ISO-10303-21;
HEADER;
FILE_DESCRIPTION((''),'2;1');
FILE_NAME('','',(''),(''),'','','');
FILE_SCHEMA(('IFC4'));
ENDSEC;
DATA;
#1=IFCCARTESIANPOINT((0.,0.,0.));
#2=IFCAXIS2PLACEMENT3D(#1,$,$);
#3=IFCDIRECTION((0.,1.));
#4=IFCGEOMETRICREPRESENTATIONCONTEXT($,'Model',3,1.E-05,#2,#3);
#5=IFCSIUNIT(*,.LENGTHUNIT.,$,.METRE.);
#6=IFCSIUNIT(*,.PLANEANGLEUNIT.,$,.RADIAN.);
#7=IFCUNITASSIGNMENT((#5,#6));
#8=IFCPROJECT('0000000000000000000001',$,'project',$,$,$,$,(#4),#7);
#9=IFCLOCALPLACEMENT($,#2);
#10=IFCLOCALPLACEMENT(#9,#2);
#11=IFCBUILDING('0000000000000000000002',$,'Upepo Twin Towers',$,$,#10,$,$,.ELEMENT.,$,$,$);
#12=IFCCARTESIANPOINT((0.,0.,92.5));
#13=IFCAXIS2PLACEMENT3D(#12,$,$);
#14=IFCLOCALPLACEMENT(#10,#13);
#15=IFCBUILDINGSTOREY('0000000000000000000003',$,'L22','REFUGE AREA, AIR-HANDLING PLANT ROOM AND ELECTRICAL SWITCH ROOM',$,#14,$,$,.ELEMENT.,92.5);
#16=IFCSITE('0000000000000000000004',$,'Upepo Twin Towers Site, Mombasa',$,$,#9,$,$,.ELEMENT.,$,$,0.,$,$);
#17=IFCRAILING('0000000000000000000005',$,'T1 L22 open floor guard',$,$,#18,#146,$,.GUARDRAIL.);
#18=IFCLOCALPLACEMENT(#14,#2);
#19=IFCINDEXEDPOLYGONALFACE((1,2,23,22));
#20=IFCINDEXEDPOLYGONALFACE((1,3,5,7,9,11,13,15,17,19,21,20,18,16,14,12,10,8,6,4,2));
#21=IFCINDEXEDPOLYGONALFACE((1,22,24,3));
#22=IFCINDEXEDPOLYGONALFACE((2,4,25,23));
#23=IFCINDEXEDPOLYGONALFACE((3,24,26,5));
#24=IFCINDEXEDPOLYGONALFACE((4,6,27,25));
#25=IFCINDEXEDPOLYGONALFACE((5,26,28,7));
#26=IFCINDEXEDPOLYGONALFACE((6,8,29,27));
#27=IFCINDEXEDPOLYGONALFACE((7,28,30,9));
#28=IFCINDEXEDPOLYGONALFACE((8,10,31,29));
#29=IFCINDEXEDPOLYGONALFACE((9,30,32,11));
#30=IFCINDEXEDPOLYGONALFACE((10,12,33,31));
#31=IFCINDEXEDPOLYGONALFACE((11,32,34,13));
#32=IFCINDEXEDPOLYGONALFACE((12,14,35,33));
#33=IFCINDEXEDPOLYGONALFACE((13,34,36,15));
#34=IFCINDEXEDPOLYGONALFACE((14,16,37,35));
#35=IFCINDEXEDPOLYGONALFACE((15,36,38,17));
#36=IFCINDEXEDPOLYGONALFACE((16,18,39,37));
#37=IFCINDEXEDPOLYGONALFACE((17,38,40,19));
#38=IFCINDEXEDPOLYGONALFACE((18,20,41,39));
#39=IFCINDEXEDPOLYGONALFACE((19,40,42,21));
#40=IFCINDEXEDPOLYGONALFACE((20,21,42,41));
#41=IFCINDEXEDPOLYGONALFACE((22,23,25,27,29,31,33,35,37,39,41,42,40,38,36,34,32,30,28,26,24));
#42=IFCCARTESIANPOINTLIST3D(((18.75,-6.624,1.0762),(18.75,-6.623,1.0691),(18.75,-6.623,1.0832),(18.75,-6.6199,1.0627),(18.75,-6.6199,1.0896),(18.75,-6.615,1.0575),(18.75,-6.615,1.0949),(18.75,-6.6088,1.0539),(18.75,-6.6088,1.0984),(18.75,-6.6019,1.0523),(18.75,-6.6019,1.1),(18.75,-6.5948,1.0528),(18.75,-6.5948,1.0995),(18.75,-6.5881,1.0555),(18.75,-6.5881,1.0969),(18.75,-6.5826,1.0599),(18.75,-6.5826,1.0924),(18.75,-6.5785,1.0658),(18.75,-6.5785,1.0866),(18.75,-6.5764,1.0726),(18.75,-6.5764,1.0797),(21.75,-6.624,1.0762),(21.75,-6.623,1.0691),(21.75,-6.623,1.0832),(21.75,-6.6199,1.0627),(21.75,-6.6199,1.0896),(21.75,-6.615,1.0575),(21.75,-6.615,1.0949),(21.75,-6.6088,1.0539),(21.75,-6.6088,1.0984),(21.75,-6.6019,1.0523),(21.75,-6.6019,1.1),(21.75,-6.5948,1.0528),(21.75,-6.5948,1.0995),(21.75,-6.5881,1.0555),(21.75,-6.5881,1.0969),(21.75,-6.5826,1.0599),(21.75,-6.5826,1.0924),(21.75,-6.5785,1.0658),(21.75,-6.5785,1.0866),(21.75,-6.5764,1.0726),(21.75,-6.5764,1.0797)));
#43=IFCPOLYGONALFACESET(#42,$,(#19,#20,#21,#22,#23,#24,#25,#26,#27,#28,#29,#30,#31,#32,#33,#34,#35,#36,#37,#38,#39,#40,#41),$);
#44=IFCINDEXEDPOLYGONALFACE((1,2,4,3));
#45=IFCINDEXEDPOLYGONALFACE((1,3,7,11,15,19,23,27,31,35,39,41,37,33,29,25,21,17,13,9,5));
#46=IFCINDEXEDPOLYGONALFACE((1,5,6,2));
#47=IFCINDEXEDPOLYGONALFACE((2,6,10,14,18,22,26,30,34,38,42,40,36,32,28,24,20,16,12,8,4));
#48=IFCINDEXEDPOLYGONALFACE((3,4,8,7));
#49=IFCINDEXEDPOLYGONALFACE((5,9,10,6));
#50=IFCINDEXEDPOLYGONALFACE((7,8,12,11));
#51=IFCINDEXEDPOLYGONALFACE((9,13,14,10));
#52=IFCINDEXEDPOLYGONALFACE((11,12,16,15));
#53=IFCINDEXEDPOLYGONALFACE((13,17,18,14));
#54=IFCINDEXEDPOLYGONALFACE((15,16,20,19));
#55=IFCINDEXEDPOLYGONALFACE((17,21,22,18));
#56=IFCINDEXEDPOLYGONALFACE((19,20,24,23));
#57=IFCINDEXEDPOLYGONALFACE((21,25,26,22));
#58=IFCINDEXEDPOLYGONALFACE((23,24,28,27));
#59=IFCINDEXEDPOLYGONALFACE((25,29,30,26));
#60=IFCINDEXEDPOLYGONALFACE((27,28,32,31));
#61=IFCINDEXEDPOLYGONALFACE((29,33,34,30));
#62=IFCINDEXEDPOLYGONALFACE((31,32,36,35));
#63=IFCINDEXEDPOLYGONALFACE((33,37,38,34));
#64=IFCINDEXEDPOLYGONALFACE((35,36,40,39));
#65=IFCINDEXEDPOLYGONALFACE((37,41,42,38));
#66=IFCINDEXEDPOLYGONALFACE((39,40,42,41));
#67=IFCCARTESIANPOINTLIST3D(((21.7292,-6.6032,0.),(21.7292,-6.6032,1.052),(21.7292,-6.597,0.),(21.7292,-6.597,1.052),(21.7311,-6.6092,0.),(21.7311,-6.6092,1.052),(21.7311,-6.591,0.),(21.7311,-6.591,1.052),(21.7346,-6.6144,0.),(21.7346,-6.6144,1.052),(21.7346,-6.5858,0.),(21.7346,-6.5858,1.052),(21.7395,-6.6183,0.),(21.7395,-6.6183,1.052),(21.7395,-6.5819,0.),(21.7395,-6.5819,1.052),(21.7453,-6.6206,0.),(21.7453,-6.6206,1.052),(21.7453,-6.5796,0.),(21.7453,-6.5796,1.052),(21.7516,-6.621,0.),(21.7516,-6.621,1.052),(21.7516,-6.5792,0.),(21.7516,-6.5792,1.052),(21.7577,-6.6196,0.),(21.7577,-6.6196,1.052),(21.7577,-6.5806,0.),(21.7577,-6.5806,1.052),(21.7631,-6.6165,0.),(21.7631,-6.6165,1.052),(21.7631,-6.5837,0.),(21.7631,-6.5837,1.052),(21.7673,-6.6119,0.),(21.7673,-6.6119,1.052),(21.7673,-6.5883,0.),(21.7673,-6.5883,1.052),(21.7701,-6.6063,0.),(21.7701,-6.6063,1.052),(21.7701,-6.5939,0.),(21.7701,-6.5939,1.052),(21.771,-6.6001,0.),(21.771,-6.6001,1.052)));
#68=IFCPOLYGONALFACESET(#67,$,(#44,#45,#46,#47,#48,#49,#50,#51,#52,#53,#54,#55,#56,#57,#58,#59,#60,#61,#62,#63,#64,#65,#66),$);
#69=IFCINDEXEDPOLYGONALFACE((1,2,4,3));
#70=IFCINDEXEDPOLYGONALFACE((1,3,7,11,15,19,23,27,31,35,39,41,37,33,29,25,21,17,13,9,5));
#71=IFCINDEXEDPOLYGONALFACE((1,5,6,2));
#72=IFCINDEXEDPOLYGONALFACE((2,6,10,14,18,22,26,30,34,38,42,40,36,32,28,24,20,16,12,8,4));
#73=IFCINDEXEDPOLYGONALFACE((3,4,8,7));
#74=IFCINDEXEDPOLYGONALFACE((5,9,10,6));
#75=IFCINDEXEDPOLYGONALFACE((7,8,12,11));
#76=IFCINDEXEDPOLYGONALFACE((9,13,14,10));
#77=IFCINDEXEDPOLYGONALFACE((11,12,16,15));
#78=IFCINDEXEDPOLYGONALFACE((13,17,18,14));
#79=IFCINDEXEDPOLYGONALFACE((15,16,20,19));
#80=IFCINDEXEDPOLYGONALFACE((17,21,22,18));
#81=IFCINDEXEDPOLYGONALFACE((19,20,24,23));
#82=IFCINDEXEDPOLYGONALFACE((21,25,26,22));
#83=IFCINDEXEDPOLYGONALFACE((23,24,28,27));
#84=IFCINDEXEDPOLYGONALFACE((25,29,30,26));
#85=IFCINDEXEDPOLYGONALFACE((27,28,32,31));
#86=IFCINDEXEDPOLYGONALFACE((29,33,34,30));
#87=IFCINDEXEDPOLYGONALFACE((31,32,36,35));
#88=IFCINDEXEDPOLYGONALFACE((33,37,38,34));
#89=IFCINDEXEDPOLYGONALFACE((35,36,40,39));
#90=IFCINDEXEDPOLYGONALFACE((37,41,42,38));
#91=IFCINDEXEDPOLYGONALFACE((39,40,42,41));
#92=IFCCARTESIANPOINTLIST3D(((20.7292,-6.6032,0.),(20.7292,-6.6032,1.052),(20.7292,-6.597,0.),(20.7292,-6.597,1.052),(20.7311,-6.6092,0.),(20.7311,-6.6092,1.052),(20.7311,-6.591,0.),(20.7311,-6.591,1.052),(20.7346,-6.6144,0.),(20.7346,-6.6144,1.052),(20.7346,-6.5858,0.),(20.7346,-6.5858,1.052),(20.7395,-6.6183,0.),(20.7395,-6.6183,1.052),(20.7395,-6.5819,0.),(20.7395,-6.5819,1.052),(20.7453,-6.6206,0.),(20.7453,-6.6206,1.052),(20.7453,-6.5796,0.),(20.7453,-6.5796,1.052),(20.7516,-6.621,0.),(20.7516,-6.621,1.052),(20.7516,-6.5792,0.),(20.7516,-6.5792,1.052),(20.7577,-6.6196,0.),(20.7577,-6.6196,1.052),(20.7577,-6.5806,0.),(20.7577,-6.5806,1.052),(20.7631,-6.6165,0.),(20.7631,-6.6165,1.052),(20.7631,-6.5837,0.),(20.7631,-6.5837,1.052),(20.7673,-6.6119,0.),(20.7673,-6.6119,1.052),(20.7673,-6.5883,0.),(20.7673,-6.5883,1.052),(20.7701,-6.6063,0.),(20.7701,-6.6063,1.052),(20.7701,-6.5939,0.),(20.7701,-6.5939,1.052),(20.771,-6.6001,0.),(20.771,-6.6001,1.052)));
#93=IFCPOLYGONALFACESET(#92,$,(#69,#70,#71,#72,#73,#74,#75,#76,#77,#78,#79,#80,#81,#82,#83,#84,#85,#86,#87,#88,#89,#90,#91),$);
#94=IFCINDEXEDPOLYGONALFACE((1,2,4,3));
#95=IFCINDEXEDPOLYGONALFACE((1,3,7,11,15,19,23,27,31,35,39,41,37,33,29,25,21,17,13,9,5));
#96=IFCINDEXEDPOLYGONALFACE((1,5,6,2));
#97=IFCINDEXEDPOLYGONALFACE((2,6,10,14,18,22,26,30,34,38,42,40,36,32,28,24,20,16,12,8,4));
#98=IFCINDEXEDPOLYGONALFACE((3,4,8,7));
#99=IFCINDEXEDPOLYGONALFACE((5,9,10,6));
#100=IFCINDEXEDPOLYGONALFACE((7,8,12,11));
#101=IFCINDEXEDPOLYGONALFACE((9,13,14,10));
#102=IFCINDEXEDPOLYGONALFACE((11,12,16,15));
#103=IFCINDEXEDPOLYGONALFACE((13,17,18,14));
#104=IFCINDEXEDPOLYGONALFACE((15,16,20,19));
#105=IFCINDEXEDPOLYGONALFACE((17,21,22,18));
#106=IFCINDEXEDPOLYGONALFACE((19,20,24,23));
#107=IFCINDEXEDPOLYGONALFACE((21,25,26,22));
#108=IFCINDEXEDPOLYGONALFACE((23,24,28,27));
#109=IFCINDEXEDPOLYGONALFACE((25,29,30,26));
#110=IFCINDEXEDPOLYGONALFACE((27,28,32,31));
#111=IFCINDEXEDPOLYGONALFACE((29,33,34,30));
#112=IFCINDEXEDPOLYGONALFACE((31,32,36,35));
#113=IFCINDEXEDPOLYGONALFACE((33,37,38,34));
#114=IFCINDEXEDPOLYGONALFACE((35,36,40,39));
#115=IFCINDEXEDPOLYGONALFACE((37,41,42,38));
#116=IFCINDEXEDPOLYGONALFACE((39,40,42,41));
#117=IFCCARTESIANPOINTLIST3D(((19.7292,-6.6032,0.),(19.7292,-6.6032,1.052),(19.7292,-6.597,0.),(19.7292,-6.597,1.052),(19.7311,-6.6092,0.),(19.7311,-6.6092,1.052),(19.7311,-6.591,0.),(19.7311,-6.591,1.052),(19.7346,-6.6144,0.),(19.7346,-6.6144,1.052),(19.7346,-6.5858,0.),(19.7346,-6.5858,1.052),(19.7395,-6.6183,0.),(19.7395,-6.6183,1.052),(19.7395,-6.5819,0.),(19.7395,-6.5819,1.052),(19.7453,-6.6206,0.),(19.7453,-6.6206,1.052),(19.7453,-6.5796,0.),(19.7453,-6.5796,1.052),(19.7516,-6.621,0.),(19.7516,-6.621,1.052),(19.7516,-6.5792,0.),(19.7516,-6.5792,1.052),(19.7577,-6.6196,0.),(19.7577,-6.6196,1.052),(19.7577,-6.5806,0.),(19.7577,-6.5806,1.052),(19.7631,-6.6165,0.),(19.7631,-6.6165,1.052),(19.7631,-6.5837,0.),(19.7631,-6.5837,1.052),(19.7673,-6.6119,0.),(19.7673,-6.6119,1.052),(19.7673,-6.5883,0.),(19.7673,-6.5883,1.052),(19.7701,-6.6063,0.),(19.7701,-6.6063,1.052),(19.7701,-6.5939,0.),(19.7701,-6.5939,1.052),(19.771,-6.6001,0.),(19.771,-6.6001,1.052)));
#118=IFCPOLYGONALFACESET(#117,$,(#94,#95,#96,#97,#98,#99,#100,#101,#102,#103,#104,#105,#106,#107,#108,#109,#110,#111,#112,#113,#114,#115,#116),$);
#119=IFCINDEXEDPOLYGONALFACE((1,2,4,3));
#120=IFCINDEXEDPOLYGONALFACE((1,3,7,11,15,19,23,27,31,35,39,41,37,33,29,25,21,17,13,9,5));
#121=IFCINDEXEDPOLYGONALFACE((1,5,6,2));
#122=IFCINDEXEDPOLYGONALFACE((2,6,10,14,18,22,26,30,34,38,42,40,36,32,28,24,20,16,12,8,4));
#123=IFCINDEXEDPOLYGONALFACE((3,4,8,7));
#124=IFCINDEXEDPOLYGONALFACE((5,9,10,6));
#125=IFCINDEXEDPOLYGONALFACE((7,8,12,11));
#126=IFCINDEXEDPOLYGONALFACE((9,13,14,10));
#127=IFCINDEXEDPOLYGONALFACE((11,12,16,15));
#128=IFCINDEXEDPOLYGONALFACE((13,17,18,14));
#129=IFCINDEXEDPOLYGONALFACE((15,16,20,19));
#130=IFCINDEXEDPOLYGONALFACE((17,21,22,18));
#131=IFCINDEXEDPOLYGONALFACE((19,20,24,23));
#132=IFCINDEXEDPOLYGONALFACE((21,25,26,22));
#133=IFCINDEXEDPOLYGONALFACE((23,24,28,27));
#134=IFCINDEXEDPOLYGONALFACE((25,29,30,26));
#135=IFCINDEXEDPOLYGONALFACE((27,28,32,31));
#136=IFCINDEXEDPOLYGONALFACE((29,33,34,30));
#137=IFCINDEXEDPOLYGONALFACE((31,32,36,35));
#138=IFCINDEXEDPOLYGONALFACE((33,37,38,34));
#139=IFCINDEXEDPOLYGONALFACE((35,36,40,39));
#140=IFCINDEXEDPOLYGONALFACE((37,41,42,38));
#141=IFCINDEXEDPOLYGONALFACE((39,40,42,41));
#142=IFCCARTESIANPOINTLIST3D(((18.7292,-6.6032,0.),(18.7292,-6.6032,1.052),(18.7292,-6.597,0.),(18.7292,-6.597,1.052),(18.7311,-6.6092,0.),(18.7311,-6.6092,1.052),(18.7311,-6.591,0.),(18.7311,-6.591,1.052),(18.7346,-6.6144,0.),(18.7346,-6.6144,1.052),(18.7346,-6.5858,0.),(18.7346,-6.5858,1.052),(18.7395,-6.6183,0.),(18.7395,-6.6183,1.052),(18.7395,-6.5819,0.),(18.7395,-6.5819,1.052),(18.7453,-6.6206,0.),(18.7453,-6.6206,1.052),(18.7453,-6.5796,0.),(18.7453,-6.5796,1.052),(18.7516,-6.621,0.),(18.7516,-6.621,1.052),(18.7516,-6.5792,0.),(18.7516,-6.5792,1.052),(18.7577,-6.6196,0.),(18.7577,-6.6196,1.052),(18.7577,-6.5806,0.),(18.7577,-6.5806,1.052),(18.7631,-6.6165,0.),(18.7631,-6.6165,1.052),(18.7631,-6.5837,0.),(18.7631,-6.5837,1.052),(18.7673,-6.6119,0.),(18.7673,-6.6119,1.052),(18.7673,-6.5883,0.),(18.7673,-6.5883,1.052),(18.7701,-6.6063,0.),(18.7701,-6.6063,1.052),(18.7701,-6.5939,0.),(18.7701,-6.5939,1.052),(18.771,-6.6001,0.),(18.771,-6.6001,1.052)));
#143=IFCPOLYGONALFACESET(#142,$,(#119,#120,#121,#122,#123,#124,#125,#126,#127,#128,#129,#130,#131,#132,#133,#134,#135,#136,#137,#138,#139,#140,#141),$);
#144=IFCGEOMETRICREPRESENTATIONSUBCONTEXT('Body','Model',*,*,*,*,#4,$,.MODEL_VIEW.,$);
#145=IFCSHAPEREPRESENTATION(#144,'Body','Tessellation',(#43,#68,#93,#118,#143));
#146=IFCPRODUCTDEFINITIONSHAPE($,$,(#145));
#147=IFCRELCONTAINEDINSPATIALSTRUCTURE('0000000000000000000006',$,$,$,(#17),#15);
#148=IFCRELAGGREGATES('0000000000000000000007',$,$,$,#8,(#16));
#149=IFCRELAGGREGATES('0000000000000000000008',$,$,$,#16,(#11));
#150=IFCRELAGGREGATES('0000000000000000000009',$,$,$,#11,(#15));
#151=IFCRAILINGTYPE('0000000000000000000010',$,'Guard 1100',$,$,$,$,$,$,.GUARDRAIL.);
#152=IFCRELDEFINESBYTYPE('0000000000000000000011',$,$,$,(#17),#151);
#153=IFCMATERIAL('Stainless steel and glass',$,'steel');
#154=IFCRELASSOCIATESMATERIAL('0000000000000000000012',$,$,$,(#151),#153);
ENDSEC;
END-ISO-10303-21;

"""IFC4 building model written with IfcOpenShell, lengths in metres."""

from ifc_helpers import new_model, si_unit, direction, frame, origin, origin_2d, place, context, subcontext, project, spatial, circle, extrude, material, type_object, element, save


model = new_model("IFC4")

# Units and contexts
model_context = context("Model", 3, precision=1e-05, world=origin(), true_north=direction((0.0, 1.0)))
body_context = subcontext(model_context, "Body", "Model", "MODEL_VIEW")
ifc_project = project(units=[si_unit("LENGTHUNIT", "METRE"), si_unit("PLANEANGLEUNIT", "RADIAN")], contexts=[model_context])

# Site, building, storey
site_placement = place(None, origin())
site = spatial("IfcSite", under=ifc_project, at=site_placement, Name="Upepo Twin Towers Site, Mombasa", CompositionType="ELEMENT", RefElevation=0.0)
building_placement = place(site_placement, origin())
building = spatial("IfcBuilding", under=site, at=building_placement, Name="Upepo Twin Towers", CompositionType="ELEMENT")
storey_placement = place(building_placement, frame((0.0, 0.0, 92.5)))
storey = spatial("IfcBuildingStorey", under=building, at=storey_placement, Name="L22", Description="REFUGE AREA, AIR-HANDLING PLANT ROOM AND ELECTRICAL SWITCH ROOM", CompositionType="ELEMENT", Elevation=92.5)

# Railing
ifc_material_1 = material(Name="Stainless steel and glass", Category="steel")
railing_type_1 = type_object("IfcRailingType", Name="Guard 1100", PredefinedType="GUARDRAIL", material=ifc_material_1)
for number, where, name in (
    (1, (21.75, -6.6001, 0.0), "T1 L22 open floor guard"),
):
    element("IfcRailing", number, at=place(storey_placement, frame(where)), inside=storey, type_object=railing_type_1, Name=name, PredefinedType="GUARDRAIL", context=body_context, shape_type="SweptSolid", body=[
        extrude(circle(Radius=0.0239, at=origin_2d()), frame((0.0, 0.0, 1.0762), z_axis=(-1.0, 0.0, 0.0), x_axis=(0.0, -1.0, 0.0)), (0.0, 0.0, 1.0), 3.0),
        extrude(circle(Radius=0.021, at=origin_2d()), origin(), (0.0, 0.0, 1.0), 1.052),
        extrude(circle(Radius=0.021, at=origin_2d()), frame((-1.0, 0.0, 0.0)), (0.0, 0.0, 1.0), 1.052),
        extrude(circle(Radius=0.021, at=origin_2d()), frame((-2.0, 0.0, 0.0)), (0.0, 0.0, 1.0), 1.052),
        extrude(circle(Radius=0.021, at=origin_2d()), frame((-3.0, 0.0, 0.0)), (0.0, 0.0, 1.0), 1.052),
    ])

save(model, "model.ifc")
